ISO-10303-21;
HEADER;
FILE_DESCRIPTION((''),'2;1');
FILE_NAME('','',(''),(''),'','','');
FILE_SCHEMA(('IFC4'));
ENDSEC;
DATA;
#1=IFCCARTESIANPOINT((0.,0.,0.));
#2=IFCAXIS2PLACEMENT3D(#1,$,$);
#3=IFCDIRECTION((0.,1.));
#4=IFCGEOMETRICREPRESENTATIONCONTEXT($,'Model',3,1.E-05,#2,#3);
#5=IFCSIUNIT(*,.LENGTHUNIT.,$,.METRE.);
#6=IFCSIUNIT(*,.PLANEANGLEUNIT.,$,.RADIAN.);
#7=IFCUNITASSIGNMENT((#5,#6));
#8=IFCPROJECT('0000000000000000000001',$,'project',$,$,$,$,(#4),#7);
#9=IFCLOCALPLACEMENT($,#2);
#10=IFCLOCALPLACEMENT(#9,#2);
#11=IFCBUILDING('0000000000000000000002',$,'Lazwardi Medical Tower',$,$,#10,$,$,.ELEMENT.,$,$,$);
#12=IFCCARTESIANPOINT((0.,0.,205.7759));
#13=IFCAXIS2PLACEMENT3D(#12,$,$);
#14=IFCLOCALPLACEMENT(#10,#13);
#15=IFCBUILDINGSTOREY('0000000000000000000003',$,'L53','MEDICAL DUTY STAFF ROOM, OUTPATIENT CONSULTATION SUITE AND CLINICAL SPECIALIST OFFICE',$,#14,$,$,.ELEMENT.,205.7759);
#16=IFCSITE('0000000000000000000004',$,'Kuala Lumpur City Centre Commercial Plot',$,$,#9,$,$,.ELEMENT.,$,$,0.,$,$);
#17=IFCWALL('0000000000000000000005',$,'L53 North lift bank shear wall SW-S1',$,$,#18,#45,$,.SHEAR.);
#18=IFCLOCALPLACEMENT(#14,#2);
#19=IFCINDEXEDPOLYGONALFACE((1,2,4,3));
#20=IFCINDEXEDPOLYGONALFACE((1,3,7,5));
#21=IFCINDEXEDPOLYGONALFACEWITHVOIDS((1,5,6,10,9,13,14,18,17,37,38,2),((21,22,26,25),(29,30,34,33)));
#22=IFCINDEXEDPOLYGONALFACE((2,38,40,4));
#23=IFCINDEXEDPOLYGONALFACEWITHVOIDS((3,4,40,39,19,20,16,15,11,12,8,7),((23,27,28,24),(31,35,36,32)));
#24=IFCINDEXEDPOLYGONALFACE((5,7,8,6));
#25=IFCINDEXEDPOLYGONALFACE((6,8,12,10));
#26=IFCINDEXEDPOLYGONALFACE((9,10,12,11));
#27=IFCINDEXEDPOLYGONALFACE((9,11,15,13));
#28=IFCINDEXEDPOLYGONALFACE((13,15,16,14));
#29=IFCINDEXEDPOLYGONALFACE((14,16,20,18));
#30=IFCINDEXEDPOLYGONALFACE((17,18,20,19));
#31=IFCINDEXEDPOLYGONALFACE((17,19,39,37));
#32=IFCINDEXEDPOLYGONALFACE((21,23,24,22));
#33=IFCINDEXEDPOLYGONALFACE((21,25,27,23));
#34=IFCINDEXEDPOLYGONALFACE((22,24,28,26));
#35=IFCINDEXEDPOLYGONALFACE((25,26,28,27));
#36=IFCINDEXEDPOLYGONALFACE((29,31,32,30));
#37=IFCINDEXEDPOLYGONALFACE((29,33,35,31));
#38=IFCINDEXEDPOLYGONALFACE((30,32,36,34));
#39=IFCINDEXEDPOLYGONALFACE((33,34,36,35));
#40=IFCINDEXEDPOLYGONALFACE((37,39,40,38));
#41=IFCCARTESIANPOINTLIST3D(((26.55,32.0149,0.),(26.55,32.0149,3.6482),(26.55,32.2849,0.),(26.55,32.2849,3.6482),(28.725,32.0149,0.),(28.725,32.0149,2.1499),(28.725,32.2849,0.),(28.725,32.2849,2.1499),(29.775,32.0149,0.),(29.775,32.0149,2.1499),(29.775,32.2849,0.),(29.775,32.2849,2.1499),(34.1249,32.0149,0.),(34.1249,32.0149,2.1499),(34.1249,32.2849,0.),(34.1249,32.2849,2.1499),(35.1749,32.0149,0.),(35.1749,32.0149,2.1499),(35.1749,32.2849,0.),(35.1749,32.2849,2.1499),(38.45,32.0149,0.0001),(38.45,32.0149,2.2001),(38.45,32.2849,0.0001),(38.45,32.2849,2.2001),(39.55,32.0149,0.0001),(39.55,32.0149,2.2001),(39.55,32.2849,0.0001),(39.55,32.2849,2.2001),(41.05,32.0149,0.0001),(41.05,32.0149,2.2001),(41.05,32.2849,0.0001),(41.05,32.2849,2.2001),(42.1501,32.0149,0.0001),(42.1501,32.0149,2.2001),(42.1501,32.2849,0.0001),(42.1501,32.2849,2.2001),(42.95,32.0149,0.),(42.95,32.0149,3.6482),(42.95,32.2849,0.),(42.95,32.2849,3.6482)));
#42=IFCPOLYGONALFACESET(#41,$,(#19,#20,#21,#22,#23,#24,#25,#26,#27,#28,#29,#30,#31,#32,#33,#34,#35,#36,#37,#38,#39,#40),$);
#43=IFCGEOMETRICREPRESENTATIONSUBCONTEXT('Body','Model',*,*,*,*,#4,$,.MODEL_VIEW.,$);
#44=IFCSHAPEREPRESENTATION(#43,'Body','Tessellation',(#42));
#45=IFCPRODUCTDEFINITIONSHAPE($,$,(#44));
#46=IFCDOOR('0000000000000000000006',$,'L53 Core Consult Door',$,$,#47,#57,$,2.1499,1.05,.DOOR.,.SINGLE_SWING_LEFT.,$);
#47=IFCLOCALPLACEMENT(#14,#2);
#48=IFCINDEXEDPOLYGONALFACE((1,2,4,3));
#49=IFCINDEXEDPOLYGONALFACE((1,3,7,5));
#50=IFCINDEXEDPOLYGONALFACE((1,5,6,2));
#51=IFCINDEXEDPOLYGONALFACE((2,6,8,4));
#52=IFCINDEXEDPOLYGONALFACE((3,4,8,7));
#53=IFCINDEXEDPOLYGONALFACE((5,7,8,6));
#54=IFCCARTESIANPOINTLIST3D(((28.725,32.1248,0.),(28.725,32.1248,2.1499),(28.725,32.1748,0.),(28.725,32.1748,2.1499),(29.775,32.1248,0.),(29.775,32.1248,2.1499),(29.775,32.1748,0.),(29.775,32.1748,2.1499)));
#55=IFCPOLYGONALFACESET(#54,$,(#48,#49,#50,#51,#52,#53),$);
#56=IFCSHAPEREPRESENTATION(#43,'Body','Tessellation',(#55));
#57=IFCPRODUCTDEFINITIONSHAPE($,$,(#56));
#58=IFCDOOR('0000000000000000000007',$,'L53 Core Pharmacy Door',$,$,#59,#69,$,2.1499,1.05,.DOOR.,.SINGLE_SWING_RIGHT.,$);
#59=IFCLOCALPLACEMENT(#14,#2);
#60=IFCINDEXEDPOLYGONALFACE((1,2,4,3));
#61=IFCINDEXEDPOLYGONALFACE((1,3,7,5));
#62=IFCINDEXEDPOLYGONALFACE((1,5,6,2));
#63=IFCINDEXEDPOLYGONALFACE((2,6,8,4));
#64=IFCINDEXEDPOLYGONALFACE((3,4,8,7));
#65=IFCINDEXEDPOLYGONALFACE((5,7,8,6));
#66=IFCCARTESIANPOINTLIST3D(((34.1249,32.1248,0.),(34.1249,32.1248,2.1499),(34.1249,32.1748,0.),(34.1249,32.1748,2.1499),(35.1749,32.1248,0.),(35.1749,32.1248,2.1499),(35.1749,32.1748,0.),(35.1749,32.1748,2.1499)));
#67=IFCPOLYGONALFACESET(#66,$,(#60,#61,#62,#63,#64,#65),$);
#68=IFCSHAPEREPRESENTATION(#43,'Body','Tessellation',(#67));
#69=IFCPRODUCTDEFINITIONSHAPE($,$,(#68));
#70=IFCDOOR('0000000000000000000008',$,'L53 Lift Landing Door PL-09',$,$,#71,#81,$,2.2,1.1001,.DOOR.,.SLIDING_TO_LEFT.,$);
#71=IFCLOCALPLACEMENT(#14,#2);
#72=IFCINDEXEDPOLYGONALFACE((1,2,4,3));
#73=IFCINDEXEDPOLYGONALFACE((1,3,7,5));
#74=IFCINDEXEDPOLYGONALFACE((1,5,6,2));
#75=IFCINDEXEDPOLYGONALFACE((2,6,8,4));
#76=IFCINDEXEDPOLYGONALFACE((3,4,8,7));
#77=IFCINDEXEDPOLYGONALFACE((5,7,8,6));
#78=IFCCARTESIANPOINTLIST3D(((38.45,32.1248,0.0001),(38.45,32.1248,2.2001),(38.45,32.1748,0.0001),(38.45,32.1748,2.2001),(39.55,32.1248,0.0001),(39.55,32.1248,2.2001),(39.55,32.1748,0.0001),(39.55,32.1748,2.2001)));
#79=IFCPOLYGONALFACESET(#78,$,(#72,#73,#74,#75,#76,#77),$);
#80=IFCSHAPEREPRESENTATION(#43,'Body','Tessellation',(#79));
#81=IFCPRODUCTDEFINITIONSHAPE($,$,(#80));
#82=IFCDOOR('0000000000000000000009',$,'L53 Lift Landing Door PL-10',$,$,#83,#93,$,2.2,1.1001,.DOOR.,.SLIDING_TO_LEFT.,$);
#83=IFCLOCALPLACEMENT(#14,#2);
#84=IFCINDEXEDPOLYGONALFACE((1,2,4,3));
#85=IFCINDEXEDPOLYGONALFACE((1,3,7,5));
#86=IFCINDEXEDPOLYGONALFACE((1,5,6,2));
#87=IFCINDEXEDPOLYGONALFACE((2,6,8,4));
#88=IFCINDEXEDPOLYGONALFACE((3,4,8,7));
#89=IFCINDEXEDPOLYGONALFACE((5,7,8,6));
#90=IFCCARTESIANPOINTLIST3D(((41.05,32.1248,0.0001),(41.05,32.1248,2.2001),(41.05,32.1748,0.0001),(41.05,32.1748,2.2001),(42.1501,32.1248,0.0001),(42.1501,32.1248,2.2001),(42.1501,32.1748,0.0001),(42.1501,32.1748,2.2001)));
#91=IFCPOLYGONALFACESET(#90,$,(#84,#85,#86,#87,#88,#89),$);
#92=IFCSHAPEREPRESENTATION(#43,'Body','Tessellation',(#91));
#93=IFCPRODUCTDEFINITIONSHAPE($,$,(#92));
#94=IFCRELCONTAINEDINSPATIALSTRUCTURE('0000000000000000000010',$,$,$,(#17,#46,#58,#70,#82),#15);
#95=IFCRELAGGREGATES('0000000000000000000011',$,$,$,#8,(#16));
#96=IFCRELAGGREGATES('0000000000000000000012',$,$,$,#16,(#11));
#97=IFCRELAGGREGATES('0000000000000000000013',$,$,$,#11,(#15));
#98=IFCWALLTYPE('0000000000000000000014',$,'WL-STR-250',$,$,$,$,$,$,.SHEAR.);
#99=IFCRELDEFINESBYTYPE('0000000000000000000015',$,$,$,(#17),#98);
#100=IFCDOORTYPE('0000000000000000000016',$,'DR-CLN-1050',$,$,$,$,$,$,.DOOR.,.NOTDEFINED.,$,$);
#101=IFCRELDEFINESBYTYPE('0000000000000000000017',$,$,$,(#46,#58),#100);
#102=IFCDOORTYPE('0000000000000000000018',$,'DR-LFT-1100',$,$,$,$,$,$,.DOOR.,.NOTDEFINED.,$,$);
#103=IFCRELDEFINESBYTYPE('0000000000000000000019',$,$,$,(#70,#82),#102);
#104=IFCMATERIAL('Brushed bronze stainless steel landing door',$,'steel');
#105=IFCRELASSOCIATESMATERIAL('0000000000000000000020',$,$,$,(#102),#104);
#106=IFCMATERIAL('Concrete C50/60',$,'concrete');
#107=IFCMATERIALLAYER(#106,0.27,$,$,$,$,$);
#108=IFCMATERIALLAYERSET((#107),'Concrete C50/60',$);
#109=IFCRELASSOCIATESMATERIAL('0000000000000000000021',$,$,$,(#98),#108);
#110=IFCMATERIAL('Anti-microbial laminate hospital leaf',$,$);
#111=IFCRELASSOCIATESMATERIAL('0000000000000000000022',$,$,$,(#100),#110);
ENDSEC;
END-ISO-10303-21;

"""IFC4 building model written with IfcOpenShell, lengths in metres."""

from ifc_helpers import new_model, si_unit, direction, frame, frame_2d, origin, place, context, subcontext, project, spatial, rectangle, extrude, material, layer, layer_set, type_object, element, fill, save


model = new_model("IFC4")

# Units and contexts
model_context = context("Model", 3, precision=1e-05, world=origin(), true_north=direction((0.0, 1.0)))
body_context = subcontext(model_context, "Body", "Model", "MODEL_VIEW")
ifc_project = project(units=[si_unit("LENGTHUNIT", "METRE"), si_unit("PLANEANGLEUNIT", "RADIAN")], contexts=[model_context])

# Site, building, storey
site_placement = place(None, origin())
site = spatial("IfcSite", under=ifc_project, at=site_placement, Name="Kuala Lumpur City Centre Commercial Plot", CompositionType="ELEMENT", RefElevation=0.0)
building_placement = place(site_placement, origin())
building = spatial("IfcBuilding", under=site, at=building_placement, Name="Lazwardi Medical Tower", CompositionType="ELEMENT")
storey_placement = place(building_placement, frame((0.0, 0.0, 205.7759)))
storey = spatial("IfcBuildingStorey", under=building, at=storey_placement, Name="L53", Description="MEDICAL DUTY STAFF ROOM, OUTPATIENT CONSULTATION SUITE AND CLINICAL SPECIALIST OFFICE", CompositionType="ELEMENT", Elevation=205.7759)

# Shared definitions
ifc_material_1 = material(Name="Anti-microbial laminate hospital leaf")
ifc_material_2 = material(Name="Brushed bronze stainless steel landing door", Category="steel")
door_type_1 = type_object("IfcDoorType", Name="DR-LFT-1100", OperationType="NOTDEFINED", PredefinedType="DOOR", material=ifc_material_2)

# Shared definitions
ifc_material_3 = material(Name="Concrete C50/60", Category="concrete")
ifc_layer_1 = layer(ifc_material_3, 0.27)
ifc_layer_set_1 = layer_set([ifc_layer_1], Name="Concrete C50/60")
wall_type_1 = type_object("IfcWallType", Name="WL-STR-250", PredefinedType="SHEAR", material=ifc_layer_set_1)

# Wall, openings, doors
wall_1_placement = place(storey_placement, frame((26.55, 32.1499, 0.0), z_axis=(0.0, 0.0, 1.0), x_axis=(1.0, 0.0, 0.0)))
wall_1 = element("IfcWall", 1, at=wall_1_placement, inside=storey, type_object=wall_type_1, Name="L53 North lift bank shear wall SW-S1", PredefinedType="SHEAR", context=body_context, shape_type="SweptSolid", body=[
    extrude(rectangle(XDim=16.3999, YDim=0.27, at=frame_2d((8.2, 0.0))), origin(), (0.0, 0.0, 1.0), 3.6482),
])
opening_1_placement = place(wall_1_placement, frame((2.175, 0.0, 0.0)))
opening_1 = element("IfcOpeningElement", 2, at=opening_1_placement, cuts=wall_1, PredefinedType="OPENING", context=body_context, shape_type="SweptSolid", body=[
    extrude(rectangle(XDim=1.05, YDim=2.1499, at=frame_2d((0.5249, 1.075))), frame((0.0, 0.145, 0.0), z_axis=(0.0, -1.0, 0.0), x_axis=(1.0, 0.0, 0.0)), (0.0, 0.0, 1.0), 0.29),
])
opening_2_placement = place(wall_1_placement, frame((7.575, 0.0, 0.0)))
opening_2 = element("IfcOpeningElement", 3, at=opening_2_placement, cuts=wall_1, PredefinedType="OPENING", context=body_context, shape_type="SweptSolid", body=[
    extrude(rectangle(XDim=1.05, YDim=2.1499, at=frame_2d((0.5249, 1.075))), frame((0.0, 0.145, 0.0), z_axis=(0.0, -1.0, 0.0), x_axis=(1.0, 0.0, 0.0)), (0.0, 0.0, 1.0), 0.29),
])
opening_3_placement = place(wall_1_placement, frame((11.8999, 0.0, 0.0)))
opening_3 = element("IfcOpeningElement", 4, at=opening_3_placement, cuts=wall_1, PredefinedType="OPENING", context=body_context, shape_type="SweptSolid", body=[
    extrude(rectangle(XDim=1.1001, YDim=2.2, at=frame_2d((0.55, 1.1001))), frame((0.0, 0.145, 0.0), z_axis=(0.0, -1.0, 0.0), x_axis=(1.0, 0.0, 0.0)), (0.0, 0.0, 1.0), 0.29),
])
opening_4_placement = place(wall_1_placement, frame((14.5, 0.0, 0.0)))
opening_4 = element("IfcOpeningElement", 5, at=opening_4_placement, cuts=wall_1, PredefinedType="OPENING", context=body_context, shape_type="SweptSolid", body=[
    extrude(rectangle(XDim=1.1001, YDim=2.2, at=frame_2d((0.55, 1.1001))), frame((0.0, 0.145, 0.0), z_axis=(0.0, -1.0, 0.0), x_axis=(1.0, 0.0, 0.0)), (0.0, 0.0, 1.0), 0.29),
])
door_type_2 = type_object("IfcDoorType", Name="DR-CLN-1050", OperationType="NOTDEFINED", PredefinedType="DOOR", material=ifc_material_1)
door_1_placement = place(opening_1_placement, origin())
door_1 = element("IfcDoor", 6, at=door_1_placement, inside=storey, type_object=door_type_2, Name="L53 Core Consult Door", OperationType="SINGLE_SWING_LEFT", OverallHeight=2.1499, OverallWidth=1.05, PredefinedType="DOOR", context=body_context, shape_type="SweptSolid", body=[
    extrude(rectangle(XDim=1.05, YDim=2.1499, at=frame_2d((0.5249, 1.075))), frame((0.0, 0.0249, 0.0), z_axis=(0.0, -1.0, 0.0), x_axis=(1.0, 0.0, 0.0)), (0.0, 0.0, 1.0), 0.05),
])
fill(opening_1, door_1)
door_2_placement = place(opening_2_placement, origin())
door_2 = element("IfcDoor", 7, at=door_2_placement, inside=storey, type_object=door_type_2, Name="L53 Core Pharmacy Door", OperationType="SINGLE_SWING_RIGHT", OverallHeight=2.1499, OverallWidth=1.05, PredefinedType="DOOR", context=body_context, shape_type="SweptSolid", body=[
    extrude(rectangle(XDim=1.05, YDim=2.1499, at=frame_2d((0.5249, 1.075))), frame((0.0, 0.0249, 0.0), z_axis=(0.0, -1.0, 0.0), x_axis=(1.0, 0.0, 0.0)), (0.0, 0.0, 1.0), 0.05),
])
fill(opening_2, door_2)
door_3_placement = place(opening_3_placement, origin())
door_3 = element("IfcDoor", 8, at=door_3_placement, inside=storey, type_object=door_type_1, Name="L53 Lift Landing Door PL-09", OperationType="SLIDING_TO_LEFT", OverallHeight=2.2, OverallWidth=1.1001, PredefinedType="DOOR", context=body_context, shape_type="SweptSolid", body=[
    extrude(rectangle(XDim=1.1001, YDim=2.2, at=frame_2d((0.55, 1.1001))), frame((0.0, 0.0249, 0.0), z_axis=(0.0, -1.0, 0.0), x_axis=(1.0, 0.0, 0.0)), (0.0, 0.0, 1.0), 0.05),
])
fill(opening_3, door_3)
door_4_placement = place(opening_4_placement, origin())
door_4 = element("IfcDoor", 9, at=door_4_placement, inside=storey, type_object=door_type_1, Name="L53 Lift Landing Door PL-10", OperationType="SLIDING_TO_LEFT", OverallHeight=2.2, OverallWidth=1.1001, PredefinedType="DOOR", context=body_context, shape_type="SweptSolid", body=[
    extrude(rectangle(XDim=1.1001, YDim=2.2, at=frame_2d((0.55, 1.1001))), frame((0.0, 0.0249, 0.0), z_axis=(0.0, -1.0, 0.0), x_axis=(1.0, 0.0, 0.0)), (0.0, 0.0, 1.0), 0.05),
])
fill(opening_4, door_4)

save(model, "model.ifc")
